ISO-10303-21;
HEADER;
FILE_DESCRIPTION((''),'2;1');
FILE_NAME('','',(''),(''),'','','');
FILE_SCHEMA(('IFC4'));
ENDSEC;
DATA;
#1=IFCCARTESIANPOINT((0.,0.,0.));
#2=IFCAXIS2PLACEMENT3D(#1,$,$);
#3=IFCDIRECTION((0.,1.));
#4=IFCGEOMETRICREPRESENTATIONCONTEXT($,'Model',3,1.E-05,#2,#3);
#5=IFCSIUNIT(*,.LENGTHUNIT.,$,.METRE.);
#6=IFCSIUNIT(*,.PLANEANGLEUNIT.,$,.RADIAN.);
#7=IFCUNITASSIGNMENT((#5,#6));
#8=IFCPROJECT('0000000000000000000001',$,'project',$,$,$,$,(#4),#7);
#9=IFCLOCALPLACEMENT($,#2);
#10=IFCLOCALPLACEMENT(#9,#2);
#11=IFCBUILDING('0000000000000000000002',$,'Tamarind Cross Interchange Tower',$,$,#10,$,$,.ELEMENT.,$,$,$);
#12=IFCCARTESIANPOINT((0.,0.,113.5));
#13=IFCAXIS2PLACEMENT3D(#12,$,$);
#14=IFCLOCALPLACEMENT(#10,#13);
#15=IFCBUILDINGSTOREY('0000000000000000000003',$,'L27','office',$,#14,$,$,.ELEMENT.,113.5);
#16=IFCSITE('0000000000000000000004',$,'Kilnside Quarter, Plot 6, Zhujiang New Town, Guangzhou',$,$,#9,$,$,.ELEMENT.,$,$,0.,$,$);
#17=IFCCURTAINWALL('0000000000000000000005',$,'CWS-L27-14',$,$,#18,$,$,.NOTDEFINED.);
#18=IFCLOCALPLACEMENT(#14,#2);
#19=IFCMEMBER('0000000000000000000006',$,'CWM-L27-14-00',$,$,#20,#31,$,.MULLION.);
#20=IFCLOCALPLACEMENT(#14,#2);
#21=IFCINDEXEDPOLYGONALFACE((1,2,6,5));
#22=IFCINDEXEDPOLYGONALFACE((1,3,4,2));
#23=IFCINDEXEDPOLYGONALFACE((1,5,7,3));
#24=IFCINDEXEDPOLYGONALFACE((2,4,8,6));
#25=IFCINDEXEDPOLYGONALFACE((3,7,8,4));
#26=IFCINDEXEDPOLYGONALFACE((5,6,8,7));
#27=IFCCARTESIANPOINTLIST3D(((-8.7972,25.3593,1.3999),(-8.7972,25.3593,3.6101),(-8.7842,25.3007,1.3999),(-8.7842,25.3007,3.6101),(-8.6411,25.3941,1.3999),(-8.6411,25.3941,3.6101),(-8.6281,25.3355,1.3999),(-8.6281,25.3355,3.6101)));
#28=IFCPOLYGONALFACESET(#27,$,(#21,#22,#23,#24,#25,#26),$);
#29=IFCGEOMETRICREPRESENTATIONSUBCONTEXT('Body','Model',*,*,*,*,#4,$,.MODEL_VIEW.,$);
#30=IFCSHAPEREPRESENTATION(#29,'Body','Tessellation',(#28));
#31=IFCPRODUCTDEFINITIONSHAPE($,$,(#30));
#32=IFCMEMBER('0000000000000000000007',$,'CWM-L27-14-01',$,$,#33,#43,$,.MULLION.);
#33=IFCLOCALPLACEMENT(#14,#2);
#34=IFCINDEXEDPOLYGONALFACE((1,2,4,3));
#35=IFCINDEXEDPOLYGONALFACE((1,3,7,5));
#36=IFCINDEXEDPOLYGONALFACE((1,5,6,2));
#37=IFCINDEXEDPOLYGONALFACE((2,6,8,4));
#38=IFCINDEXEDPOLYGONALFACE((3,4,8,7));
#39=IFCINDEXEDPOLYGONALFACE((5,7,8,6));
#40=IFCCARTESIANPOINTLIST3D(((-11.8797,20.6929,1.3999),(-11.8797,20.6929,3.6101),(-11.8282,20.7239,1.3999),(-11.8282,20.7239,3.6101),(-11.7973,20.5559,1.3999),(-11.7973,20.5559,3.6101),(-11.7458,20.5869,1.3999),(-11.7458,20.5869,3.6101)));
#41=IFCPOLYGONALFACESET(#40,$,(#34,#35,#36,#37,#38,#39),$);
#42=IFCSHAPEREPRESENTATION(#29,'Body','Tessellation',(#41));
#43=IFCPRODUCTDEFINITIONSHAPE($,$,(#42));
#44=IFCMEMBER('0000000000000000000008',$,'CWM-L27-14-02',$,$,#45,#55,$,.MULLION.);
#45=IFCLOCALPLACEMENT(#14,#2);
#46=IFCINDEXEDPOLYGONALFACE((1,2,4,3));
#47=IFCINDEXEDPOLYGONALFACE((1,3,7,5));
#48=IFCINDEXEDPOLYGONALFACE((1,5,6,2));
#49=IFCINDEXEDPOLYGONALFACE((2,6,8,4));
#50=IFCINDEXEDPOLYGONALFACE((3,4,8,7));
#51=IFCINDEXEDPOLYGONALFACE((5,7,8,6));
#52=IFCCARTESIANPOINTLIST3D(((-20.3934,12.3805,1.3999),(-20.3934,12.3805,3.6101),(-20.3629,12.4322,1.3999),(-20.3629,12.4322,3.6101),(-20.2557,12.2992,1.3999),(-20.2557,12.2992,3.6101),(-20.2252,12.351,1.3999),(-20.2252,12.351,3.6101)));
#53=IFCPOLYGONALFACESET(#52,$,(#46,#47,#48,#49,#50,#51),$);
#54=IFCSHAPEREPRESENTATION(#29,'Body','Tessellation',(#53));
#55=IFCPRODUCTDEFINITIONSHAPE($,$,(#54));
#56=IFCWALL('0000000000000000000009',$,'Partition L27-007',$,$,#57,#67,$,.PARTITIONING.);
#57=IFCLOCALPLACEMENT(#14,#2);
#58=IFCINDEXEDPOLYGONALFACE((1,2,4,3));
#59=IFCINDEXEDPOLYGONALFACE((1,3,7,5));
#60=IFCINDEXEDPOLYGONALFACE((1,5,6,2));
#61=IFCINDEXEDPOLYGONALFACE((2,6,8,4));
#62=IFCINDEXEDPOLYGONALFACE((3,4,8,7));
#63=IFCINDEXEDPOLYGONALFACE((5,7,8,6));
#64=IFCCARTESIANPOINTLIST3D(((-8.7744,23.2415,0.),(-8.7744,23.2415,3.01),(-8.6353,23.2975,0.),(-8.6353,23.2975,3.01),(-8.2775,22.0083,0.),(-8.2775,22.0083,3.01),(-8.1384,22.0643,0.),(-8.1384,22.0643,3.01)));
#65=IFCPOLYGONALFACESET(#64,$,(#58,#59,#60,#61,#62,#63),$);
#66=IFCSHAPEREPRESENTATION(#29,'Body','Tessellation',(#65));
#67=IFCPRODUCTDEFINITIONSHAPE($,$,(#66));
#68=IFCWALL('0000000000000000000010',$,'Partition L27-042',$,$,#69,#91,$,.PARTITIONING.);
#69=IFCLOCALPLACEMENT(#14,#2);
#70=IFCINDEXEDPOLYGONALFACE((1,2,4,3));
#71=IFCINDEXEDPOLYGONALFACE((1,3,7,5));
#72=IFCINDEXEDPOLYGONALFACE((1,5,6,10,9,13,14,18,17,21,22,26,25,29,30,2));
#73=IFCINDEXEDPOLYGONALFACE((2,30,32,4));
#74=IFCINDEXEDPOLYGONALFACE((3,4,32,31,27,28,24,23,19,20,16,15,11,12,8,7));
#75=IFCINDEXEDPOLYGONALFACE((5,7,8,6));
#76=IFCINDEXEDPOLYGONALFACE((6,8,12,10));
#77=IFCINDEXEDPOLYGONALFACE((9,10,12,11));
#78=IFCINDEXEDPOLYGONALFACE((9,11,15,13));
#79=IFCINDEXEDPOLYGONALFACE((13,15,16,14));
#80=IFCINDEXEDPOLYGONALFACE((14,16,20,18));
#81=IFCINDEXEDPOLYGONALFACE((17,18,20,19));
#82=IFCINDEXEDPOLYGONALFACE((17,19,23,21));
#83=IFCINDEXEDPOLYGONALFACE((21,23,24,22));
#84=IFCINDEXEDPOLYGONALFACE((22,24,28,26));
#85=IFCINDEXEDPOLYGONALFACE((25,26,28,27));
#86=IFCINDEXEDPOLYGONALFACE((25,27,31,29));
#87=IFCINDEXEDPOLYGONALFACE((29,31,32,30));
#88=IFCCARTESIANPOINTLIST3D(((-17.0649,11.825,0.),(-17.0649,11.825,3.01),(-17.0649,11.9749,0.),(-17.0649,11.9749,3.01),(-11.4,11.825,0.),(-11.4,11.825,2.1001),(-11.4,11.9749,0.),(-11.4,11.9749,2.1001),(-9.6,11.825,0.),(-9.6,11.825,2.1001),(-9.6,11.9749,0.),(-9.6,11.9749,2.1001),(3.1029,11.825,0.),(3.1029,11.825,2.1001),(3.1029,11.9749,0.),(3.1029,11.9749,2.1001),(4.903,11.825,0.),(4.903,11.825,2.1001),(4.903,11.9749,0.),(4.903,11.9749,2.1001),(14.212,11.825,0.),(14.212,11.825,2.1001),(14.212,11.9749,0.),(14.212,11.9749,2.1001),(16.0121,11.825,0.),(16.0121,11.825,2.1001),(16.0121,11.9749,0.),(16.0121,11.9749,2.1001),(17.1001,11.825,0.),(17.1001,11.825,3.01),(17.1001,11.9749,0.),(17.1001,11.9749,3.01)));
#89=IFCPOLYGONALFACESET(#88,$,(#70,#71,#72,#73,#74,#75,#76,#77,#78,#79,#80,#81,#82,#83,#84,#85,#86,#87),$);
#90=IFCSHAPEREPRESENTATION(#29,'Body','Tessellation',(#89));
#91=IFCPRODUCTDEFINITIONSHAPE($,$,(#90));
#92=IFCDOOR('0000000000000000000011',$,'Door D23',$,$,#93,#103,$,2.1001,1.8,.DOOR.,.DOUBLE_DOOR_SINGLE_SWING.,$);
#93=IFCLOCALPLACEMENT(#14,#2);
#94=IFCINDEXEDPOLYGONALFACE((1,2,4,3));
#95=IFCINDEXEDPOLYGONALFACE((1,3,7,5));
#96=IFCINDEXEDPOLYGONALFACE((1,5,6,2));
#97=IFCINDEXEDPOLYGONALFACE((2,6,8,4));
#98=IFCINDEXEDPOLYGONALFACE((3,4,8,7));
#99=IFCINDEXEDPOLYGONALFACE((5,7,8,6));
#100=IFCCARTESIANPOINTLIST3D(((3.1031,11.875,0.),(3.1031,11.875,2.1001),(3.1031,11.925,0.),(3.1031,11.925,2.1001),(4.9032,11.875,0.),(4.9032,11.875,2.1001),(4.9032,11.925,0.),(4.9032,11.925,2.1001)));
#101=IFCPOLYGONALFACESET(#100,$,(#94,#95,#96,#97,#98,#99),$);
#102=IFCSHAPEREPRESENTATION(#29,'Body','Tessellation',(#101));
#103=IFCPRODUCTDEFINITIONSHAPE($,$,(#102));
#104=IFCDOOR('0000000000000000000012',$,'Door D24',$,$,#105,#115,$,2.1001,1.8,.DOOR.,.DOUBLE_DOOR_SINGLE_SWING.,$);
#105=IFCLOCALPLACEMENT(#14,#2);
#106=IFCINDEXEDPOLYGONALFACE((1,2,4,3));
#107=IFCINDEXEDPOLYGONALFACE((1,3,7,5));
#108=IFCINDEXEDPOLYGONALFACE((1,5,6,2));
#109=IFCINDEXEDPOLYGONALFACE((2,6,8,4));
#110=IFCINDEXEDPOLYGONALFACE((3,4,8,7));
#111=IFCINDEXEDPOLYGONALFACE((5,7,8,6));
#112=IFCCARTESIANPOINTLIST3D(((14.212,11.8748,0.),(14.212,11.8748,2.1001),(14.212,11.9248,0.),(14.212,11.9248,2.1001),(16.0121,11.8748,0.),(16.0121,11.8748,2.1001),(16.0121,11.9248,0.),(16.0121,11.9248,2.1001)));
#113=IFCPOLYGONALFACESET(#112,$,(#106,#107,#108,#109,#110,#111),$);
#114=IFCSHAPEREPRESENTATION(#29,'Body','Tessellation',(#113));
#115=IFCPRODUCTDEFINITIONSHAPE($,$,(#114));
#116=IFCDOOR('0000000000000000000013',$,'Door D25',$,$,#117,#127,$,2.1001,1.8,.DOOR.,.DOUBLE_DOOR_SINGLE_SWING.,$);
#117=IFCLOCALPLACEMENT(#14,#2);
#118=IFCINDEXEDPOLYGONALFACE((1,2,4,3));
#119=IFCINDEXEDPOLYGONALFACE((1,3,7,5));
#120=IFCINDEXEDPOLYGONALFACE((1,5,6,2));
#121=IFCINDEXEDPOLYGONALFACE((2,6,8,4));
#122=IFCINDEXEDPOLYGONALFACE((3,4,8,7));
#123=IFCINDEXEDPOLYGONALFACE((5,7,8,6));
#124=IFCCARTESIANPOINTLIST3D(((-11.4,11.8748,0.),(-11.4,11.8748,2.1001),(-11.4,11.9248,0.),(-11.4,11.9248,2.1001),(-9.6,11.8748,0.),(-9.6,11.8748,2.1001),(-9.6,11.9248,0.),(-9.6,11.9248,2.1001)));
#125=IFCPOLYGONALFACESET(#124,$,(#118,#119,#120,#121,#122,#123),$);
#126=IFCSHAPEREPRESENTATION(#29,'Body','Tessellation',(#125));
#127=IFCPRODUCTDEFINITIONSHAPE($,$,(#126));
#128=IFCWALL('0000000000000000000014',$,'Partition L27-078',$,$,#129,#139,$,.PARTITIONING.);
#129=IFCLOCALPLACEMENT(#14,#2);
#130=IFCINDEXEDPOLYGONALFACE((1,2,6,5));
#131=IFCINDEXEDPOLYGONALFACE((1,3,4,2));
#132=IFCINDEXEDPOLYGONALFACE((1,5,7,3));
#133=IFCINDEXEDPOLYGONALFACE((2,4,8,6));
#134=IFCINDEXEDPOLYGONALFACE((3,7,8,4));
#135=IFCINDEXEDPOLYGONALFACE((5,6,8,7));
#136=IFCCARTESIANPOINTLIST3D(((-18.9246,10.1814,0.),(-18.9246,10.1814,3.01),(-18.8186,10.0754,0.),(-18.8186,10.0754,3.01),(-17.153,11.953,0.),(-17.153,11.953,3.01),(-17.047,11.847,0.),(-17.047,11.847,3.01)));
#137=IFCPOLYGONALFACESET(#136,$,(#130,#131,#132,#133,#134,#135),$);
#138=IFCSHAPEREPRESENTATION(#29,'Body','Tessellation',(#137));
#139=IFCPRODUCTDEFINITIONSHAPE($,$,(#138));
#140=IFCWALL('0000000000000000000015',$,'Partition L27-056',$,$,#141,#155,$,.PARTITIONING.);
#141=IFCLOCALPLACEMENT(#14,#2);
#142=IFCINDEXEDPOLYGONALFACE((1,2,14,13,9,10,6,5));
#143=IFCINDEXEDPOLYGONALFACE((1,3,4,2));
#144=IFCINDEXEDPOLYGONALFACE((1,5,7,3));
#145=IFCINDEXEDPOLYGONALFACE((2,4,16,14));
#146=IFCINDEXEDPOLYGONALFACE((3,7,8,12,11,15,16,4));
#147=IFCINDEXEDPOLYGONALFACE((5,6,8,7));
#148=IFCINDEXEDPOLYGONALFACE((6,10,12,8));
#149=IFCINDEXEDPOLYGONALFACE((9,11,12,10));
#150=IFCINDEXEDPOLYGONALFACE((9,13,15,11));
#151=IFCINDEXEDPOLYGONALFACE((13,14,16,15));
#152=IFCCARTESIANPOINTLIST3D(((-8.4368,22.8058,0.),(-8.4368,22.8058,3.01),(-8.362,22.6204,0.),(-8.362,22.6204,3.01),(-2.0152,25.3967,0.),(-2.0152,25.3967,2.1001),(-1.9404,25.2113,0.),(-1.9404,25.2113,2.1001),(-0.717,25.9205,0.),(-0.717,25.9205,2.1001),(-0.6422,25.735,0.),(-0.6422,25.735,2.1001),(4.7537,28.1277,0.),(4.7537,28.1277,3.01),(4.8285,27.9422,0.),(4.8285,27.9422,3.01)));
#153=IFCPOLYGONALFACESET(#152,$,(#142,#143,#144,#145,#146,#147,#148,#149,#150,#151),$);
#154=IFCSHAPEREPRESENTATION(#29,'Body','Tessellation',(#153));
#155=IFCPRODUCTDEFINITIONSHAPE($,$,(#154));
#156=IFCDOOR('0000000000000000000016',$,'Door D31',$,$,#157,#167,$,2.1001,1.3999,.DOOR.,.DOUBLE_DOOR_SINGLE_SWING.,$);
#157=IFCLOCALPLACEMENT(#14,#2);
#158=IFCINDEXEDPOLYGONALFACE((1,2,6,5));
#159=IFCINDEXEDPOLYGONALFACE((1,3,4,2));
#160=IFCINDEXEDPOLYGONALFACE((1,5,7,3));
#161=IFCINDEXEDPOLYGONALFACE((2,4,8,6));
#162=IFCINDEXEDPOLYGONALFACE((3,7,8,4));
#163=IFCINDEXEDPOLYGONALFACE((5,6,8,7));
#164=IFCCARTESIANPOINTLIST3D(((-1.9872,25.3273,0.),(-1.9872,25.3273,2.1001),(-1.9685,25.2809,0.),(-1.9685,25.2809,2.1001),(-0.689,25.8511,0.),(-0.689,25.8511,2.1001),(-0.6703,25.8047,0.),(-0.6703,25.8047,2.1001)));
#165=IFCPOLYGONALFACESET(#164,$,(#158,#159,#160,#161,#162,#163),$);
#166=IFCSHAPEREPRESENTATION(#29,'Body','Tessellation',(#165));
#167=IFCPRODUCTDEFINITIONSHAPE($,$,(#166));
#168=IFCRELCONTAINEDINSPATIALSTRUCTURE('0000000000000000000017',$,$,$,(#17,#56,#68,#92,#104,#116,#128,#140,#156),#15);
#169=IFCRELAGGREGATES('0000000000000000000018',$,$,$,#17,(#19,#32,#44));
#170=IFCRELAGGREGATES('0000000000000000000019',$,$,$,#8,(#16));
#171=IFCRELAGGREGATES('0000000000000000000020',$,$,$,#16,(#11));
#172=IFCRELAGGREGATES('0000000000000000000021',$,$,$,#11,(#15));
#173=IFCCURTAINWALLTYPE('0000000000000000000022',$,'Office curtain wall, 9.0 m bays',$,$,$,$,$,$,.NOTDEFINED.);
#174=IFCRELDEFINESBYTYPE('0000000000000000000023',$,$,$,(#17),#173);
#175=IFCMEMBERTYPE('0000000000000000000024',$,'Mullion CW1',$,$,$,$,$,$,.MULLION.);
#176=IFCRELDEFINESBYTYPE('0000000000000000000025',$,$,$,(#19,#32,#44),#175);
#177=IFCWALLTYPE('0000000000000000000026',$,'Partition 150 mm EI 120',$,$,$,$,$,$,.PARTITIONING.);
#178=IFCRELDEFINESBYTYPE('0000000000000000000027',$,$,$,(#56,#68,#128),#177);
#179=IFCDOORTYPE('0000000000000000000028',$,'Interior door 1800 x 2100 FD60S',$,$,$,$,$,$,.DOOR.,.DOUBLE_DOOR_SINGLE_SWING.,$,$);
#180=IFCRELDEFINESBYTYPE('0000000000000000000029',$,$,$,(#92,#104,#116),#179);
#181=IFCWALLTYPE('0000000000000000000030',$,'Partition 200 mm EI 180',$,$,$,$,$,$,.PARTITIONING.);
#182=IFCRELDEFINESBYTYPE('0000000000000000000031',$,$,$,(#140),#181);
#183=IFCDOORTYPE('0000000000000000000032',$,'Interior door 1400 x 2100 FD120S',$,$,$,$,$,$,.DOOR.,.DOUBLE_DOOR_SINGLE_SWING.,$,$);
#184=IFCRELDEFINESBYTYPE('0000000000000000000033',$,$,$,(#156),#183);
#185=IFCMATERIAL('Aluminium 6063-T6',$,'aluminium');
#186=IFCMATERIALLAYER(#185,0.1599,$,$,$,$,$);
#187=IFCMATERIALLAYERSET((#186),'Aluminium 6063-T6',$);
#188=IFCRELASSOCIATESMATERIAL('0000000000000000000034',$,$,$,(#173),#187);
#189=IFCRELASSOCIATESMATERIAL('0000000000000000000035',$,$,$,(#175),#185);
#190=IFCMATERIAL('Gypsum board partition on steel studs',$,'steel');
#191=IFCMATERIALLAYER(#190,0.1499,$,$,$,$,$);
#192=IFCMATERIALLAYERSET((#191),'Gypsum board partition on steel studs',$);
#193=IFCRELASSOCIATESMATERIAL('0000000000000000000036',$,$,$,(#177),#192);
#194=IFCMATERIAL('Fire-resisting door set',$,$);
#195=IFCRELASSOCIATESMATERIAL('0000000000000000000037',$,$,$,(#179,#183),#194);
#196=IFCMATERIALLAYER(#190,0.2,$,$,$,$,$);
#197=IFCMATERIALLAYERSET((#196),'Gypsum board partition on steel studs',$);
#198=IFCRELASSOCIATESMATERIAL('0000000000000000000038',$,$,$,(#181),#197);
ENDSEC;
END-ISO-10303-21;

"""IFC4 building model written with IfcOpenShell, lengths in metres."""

from ifc_helpers import new_model, si_unit, direction, frame, frame_2d, origin, origin_2d, place, context, subcontext, project, spatial, rectangle, extrude, material, layer, layer_set, material_profile, profile_set, type_object, element, fill, aggregate, save


model = new_model("IFC4")

# Units and contexts
model_context = context("Model", 3, precision=1e-05, world=origin(), true_north=direction((0.0, 1.0)))
body_context = subcontext(model_context, "Body", "Model", "MODEL_VIEW")
ifc_project = project(units=[si_unit("LENGTHUNIT", "METRE"), si_unit("PLANEANGLEUNIT", "RADIAN")], contexts=[model_context])

# Site, building, storey
site_placement = place(None, origin())
site = spatial("IfcSite", under=ifc_project, at=site_placement, Name="Kilnside Quarter, Plot 6, Zhujiang New Town, Guangzhou", CompositionType="ELEMENT", RefElevation=0.0)
building_placement = place(site_placement, origin())
building = spatial("IfcBuilding", under=site, at=building_placement, Name="Tamarind Cross Interchange Tower", CompositionType="ELEMENT")
storey_placement = place(building_placement, frame((0.0, 0.0, 113.5)))
storey = spatial("IfcBuildingStorey", under=building, at=storey_placement, Name="L27", Description="office", CompositionType="ELEMENT", Elevation=113.5)

# Curtain wall, members
ifc_material_1 = material(Name="Aluminium 6063-T6", Category="aluminium")
ifc_layer_1 = layer(ifc_material_1, 0.1599)
ifc_layer_set_1 = layer_set([ifc_layer_1], Name="Aluminium 6063-T6")
curtain_wall_type = type_object("IfcCurtainWallType", Name="Office curtain wall, 9.0 m bays", PredefinedType="NOTDEFINED", material=ifc_layer_set_1)
curtain_wall_placement = place(storey_placement, origin())
curtain_wall = element("IfcCurtainWall", 1, at=curtain_wall_placement, inside=storey, type_object=curtain_wall_type, Name="CWS-L27-14", PredefinedType="NOTDEFINED")
ifc_material_profile_1 = material_profile(ifc_material_1, rectangle(XDim=0.0601, YDim=0.1599, at=origin_2d()), Name="Mullion CW1")
ifc_profile_set_1 = profile_set([ifc_material_profile_1], Name="Aluminium 6063-T6")
member_type = type_object("IfcMemberType", Name="Mullion CW1", PredefinedType="MULLION", material=ifc_profile_set_1)
member_1_placement = place(storey_placement, frame((-8.7126, 25.3474, 1.3999), z_axis=(0.0, 0.0, 1.0), x_axis=(0.217413, -0.97608, 0.0)))
member_1 = element("IfcMember", 2, at=member_1_placement, type_object=member_type, Name="CWM-L27-14-00", PredefinedType="MULLION", context=body_context, shape_type="SweptSolid", body=[
    extrude(rectangle(XDim=0.0601, YDim=0.1599, at=origin_2d()), origin(), (0.0, 0.0, 1.0), 2.2102),
])
member_2_placement = place(storey_placement, frame((-11.8127, 20.6399, 1.3999), z_axis=(0.0, 0.0, 1.0), x_axis=(-0.856843, -0.515577, 0.0)))
member_2 = element("IfcMember", 3, at=member_2_placement, type_object=member_type, Name="CWM-L27-14-01", PredefinedType="MULLION", context=body_context, shape_type="SweptSolid", body=[
    extrude(rectangle(XDim=0.0601, YDim=0.1599, at=origin_2d()), origin(), (0.0, 0.0, 1.0), 2.2102),
])
member_3_placement = place(storey_placement, frame((-20.3093, 12.3657, 1.3999), z_axis=(0.0, 0.0, 1.0), x_axis=(-0.508183, -0.861249, 0.0)))
member_3 = element("IfcMember", 4, at=member_3_placement, type_object=member_type, Name="CWM-L27-14-02", PredefinedType="MULLION", context=body_context, shape_type="SweptSolid", body=[
    extrude(rectangle(XDim=0.0601, YDim=0.1599, at=origin_2d()), origin(), (0.0, 0.0, 1.0), 2.2102),
])
aggregate(curtain_wall, [member_1, member_2, member_3])

# Wall
ifc_material_2 = material(Name="Gypsum board partition on steel studs", Category="steel")
ifc_layer_2 = layer(ifc_material_2, 0.1499)
ifc_layer_set_2 = layer_set([ifc_layer_2], Name="Gypsum board partition on steel studs")
wall_type_1 = type_object("IfcWallType", Name="Partition 150 mm EI 120", PredefinedType="PARTITIONING", material=ifc_layer_set_2)
wall_1_placement = place(storey_placement, frame((-8.7048, 23.2695, 0.0), z_axis=(0.0, 0.0, 1.0), x_axis=(0.373701, -0.927549, 0.0)))
element("IfcWall", 5, at=wall_1_placement, inside=storey, type_object=wall_type_1, Name="Partition L27-007", PredefinedType="PARTITIONING", context=body_context, shape_type="SweptSolid", body=[
    extrude(rectangle(XDim=1.3296, YDim=0.1499, at=frame_2d((0.6648, 0.0))), origin(), (0.0, 0.0, 1.0), 3.01),
])

# Wall, openings, doors
wall_2_placement = place(storey_placement, frame((-17.0649, 11.8999, 0.0), z_axis=(0.0, 0.0, 1.0), x_axis=(1.0, 0.0, 0.0)))
wall_2 = element("IfcWall", 6, at=wall_2_placement, inside=storey, type_object=wall_type_1, Name="Partition L27-042", PredefinedType="PARTITIONING", context=body_context, shape_type="SweptSolid", body=[
    extrude(rectangle(XDim=34.165, YDim=0.1499, at=frame_2d((17.0825, 0.0))), origin(), (0.0, 0.0, 1.0), 3.01),
])
opening_1_placement = place(wall_2_placement, frame((20.168, 0.0, 0.0)))
opening_1 = element("IfcOpeningElement", 7, at=opening_1_placement, cuts=wall_2, PredefinedType="OPENING", context=body_context, shape_type="SweptSolid", body=[
    extrude(rectangle(XDim=1.8, YDim=2.1001, at=frame_2d((0.8999, 1.05))), frame((0.0, 0.085, 0.0), z_axis=(0.0, -1.0, 0.0), x_axis=(1.0, 0.0, 0.0)), (0.0, 0.0, 1.0), 0.1699),
])
opening_2_placement = place(wall_2_placement, frame((31.2771, 0.0, 0.0)))
opening_2 = element("IfcOpeningElement", 8, at=opening_2_placement, cuts=wall_2, PredefinedType="OPENING", context=body_context, shape_type="SweptSolid", body=[
    extrude(rectangle(XDim=1.8, YDim=2.1001, at=frame_2d((0.8999, 1.05))), frame((0.0, 0.085, 0.0), z_axis=(0.0, -1.0, 0.0), x_axis=(1.0, 0.0, 0.0)), (0.0, 0.0, 1.0), 0.1699),
])
opening_3_placement = place(wall_2_placement, frame((5.665, 0.0, 0.0)))
opening_3 = element("IfcOpeningElement", 9, at=opening_3_placement, cuts=wall_2, PredefinedType="OPENING", context=body_context, shape_type="SweptSolid", body=[
    extrude(rectangle(XDim=1.8, YDim=2.1001, at=frame_2d((0.8999, 1.05))), frame((0.0, 0.085, 0.0), z_axis=(0.0, -1.0, 0.0), x_axis=(1.0, 0.0, 0.0)), (0.0, 0.0, 1.0), 0.1699),
])
ifc_material_3 = material(Name="Fire-resisting door set")
door_type_1 = type_object("IfcDoorType", Name="Interior door 1800 x 2100 FD60S", OperationType="DOUBLE_DOOR_SINGLE_SWING", PredefinedType="DOOR", material=ifc_material_3)
door_1_placement = place(opening_1_placement, frame((1.8, 0.0, 0.0), z_axis=(0.0, 0.0, 1.0), x_axis=(-1.0, 0.0, 0.0)))
door_1 = element("IfcDoor", 10, at=door_1_placement, inside=storey, type_object=door_type_1, Name="Door D23", OperationType="DOUBLE_DOOR_SINGLE_SWING", OverallHeight=2.1001, OverallWidth=1.8, PredefinedType="DOOR", context=body_context, shape_type="SweptSolid", body=[
    extrude(rectangle(XDim=1.8, YDim=2.1001, at=frame_2d((0.8999, 1.05))), frame((0.0, 0.0249, 0.0), z_axis=(0.0, -1.0, 0.0), x_axis=(1.0, 0.0, 0.0)), (0.0, 0.0, 1.0), 0.05),
])
fill(opening_1, door_1)
door_2_placement = place(opening_2_placement, origin())
door_2 = element("IfcDoor", 11, at=door_2_placement, inside=storey, type_object=door_type_1, Name="Door D24", OperationType="DOUBLE_DOOR_SINGLE_SWING", OverallHeight=2.1001, OverallWidth=1.8, PredefinedType="DOOR", context=body_context, shape_type="SweptSolid", body=[
    extrude(rectangle(XDim=1.8, YDim=2.1001, at=frame_2d((0.8999, 1.05))), frame((0.0, 0.0249, 0.0), z_axis=(0.0, -1.0, 0.0), x_axis=(1.0, 0.0, 0.0)), (0.0, 0.0, 1.0), 0.05),
])
fill(opening_2, door_2)
door_3_placement = place(opening_3_placement, origin())
door_3 = element("IfcDoor", 12, at=door_3_placement, inside=storey, type_object=door_type_1, Name="Door D25", OperationType="DOUBLE_DOOR_SINGLE_SWING", OverallHeight=2.1001, OverallWidth=1.8, PredefinedType="DOOR", context=body_context, shape_type="SweptSolid", body=[
    extrude(rectangle(XDim=1.8, YDim=2.1001, at=frame_2d((0.8999, 1.05))), frame((0.0, 0.0249, 0.0), z_axis=(0.0, -1.0, 0.0), x_axis=(1.0, 0.0, 0.0)), (0.0, 0.0, 1.0), 0.05),
])
fill(opening_3, door_3)

# Wall
wall_3_placement = place(storey_placement, frame((-18.8716, 10.1284, 0.0), z_axis=(0.0, 0.0, 1.0), x_axis=(0.707107, 0.707107, 0.0)))
element("IfcWall", 13, at=wall_3_placement, inside=storey, type_object=wall_type_1, Name="Partition L27-078", PredefinedType="PARTITIONING", context=body_context, shape_type="SweptSolid", body=[
    extrude(rectangle(XDim=2.5054, YDim=0.1499, at=frame_2d((1.2527, 0.0))), origin(), (0.0, 0.0, 1.0), 3.01),
])

# Wall, opening, door
ifc_layer_3 = layer(ifc_material_2, 0.2)
ifc_layer_set_3 = layer_set([ifc_layer_3], Name="Gypsum board partition on steel studs")
wall_type_2 = type_object("IfcWallType", Name="Partition 200 mm EI 180", PredefinedType="PARTITIONING", material=ifc_layer_set_3)
wall_4_placement = place(storey_placement, frame((-8.3994, 22.7131, 0.0), z_axis=(0.0, 0.0, 1.0), x_axis=(0.927367, 0.374153, 0.0)))
wall_4 = element("IfcWall", 14, at=wall_4_placement, inside=storey, type_object=wall_type_2, Name="Partition L27-056", PredefinedType="PARTITIONING", context=body_context, shape_type="SweptSolid", body=[
    extrude(rectangle(XDim=14.2236, YDim=0.2, at=frame_2d((7.1118, 0.0))), origin(), (0.0, 0.0, 1.0), 3.01),
])
opening_4_placement = place(wall_4_placement, frame((6.9246, 0.0, 0.0)))
opening_4 = element("IfcOpeningElement", 15, at=opening_4_placement, cuts=wall_4, PredefinedType="OPENING", context=body_context, shape_type="SweptSolid", body=[
    extrude(rectangle(XDim=1.3999, YDim=2.1001, at=frame_2d((0.7, 1.05))), frame((0.0, 0.1099, 0.0), z_axis=(0.0, -1.0, 0.0), x_axis=(1.0, 0.0, 0.0)), (0.0, 0.0, 1.0), 0.22),
])
door_type_2 = type_object("IfcDoorType", Name="Interior door 1400 x 2100 FD120S", OperationType="DOUBLE_DOOR_SINGLE_SWING", PredefinedType="DOOR", material=ifc_material_3)
door_4_placement = place(opening_4_placement, frame((1.3999, 0.0, 0.0), z_axis=(0.0, 0.0, 1.0), x_axis=(-1.0, 0.0, 0.0)))
door_4 = element("IfcDoor", 16, at=door_4_placement, inside=storey, type_object=door_type_2, Name="Door D31", OperationType="DOUBLE_DOOR_SINGLE_SWING", OverallHeight=2.1001, OverallWidth=1.3999, PredefinedType="DOOR", context=body_context, shape_type="SweptSolid", body=[
    extrude(rectangle(XDim=1.3999, YDim=2.1001, at=frame_2d((0.7, 1.05))), frame((0.0, 0.0249, 0.0), z_axis=(0.0, -1.0, 0.0), x_axis=(1.0, 0.0, 0.0)), (0.0, 0.0, 1.0), 0.05),
])
fill(opening_4, door_4)

save(model, "model.ifc")
